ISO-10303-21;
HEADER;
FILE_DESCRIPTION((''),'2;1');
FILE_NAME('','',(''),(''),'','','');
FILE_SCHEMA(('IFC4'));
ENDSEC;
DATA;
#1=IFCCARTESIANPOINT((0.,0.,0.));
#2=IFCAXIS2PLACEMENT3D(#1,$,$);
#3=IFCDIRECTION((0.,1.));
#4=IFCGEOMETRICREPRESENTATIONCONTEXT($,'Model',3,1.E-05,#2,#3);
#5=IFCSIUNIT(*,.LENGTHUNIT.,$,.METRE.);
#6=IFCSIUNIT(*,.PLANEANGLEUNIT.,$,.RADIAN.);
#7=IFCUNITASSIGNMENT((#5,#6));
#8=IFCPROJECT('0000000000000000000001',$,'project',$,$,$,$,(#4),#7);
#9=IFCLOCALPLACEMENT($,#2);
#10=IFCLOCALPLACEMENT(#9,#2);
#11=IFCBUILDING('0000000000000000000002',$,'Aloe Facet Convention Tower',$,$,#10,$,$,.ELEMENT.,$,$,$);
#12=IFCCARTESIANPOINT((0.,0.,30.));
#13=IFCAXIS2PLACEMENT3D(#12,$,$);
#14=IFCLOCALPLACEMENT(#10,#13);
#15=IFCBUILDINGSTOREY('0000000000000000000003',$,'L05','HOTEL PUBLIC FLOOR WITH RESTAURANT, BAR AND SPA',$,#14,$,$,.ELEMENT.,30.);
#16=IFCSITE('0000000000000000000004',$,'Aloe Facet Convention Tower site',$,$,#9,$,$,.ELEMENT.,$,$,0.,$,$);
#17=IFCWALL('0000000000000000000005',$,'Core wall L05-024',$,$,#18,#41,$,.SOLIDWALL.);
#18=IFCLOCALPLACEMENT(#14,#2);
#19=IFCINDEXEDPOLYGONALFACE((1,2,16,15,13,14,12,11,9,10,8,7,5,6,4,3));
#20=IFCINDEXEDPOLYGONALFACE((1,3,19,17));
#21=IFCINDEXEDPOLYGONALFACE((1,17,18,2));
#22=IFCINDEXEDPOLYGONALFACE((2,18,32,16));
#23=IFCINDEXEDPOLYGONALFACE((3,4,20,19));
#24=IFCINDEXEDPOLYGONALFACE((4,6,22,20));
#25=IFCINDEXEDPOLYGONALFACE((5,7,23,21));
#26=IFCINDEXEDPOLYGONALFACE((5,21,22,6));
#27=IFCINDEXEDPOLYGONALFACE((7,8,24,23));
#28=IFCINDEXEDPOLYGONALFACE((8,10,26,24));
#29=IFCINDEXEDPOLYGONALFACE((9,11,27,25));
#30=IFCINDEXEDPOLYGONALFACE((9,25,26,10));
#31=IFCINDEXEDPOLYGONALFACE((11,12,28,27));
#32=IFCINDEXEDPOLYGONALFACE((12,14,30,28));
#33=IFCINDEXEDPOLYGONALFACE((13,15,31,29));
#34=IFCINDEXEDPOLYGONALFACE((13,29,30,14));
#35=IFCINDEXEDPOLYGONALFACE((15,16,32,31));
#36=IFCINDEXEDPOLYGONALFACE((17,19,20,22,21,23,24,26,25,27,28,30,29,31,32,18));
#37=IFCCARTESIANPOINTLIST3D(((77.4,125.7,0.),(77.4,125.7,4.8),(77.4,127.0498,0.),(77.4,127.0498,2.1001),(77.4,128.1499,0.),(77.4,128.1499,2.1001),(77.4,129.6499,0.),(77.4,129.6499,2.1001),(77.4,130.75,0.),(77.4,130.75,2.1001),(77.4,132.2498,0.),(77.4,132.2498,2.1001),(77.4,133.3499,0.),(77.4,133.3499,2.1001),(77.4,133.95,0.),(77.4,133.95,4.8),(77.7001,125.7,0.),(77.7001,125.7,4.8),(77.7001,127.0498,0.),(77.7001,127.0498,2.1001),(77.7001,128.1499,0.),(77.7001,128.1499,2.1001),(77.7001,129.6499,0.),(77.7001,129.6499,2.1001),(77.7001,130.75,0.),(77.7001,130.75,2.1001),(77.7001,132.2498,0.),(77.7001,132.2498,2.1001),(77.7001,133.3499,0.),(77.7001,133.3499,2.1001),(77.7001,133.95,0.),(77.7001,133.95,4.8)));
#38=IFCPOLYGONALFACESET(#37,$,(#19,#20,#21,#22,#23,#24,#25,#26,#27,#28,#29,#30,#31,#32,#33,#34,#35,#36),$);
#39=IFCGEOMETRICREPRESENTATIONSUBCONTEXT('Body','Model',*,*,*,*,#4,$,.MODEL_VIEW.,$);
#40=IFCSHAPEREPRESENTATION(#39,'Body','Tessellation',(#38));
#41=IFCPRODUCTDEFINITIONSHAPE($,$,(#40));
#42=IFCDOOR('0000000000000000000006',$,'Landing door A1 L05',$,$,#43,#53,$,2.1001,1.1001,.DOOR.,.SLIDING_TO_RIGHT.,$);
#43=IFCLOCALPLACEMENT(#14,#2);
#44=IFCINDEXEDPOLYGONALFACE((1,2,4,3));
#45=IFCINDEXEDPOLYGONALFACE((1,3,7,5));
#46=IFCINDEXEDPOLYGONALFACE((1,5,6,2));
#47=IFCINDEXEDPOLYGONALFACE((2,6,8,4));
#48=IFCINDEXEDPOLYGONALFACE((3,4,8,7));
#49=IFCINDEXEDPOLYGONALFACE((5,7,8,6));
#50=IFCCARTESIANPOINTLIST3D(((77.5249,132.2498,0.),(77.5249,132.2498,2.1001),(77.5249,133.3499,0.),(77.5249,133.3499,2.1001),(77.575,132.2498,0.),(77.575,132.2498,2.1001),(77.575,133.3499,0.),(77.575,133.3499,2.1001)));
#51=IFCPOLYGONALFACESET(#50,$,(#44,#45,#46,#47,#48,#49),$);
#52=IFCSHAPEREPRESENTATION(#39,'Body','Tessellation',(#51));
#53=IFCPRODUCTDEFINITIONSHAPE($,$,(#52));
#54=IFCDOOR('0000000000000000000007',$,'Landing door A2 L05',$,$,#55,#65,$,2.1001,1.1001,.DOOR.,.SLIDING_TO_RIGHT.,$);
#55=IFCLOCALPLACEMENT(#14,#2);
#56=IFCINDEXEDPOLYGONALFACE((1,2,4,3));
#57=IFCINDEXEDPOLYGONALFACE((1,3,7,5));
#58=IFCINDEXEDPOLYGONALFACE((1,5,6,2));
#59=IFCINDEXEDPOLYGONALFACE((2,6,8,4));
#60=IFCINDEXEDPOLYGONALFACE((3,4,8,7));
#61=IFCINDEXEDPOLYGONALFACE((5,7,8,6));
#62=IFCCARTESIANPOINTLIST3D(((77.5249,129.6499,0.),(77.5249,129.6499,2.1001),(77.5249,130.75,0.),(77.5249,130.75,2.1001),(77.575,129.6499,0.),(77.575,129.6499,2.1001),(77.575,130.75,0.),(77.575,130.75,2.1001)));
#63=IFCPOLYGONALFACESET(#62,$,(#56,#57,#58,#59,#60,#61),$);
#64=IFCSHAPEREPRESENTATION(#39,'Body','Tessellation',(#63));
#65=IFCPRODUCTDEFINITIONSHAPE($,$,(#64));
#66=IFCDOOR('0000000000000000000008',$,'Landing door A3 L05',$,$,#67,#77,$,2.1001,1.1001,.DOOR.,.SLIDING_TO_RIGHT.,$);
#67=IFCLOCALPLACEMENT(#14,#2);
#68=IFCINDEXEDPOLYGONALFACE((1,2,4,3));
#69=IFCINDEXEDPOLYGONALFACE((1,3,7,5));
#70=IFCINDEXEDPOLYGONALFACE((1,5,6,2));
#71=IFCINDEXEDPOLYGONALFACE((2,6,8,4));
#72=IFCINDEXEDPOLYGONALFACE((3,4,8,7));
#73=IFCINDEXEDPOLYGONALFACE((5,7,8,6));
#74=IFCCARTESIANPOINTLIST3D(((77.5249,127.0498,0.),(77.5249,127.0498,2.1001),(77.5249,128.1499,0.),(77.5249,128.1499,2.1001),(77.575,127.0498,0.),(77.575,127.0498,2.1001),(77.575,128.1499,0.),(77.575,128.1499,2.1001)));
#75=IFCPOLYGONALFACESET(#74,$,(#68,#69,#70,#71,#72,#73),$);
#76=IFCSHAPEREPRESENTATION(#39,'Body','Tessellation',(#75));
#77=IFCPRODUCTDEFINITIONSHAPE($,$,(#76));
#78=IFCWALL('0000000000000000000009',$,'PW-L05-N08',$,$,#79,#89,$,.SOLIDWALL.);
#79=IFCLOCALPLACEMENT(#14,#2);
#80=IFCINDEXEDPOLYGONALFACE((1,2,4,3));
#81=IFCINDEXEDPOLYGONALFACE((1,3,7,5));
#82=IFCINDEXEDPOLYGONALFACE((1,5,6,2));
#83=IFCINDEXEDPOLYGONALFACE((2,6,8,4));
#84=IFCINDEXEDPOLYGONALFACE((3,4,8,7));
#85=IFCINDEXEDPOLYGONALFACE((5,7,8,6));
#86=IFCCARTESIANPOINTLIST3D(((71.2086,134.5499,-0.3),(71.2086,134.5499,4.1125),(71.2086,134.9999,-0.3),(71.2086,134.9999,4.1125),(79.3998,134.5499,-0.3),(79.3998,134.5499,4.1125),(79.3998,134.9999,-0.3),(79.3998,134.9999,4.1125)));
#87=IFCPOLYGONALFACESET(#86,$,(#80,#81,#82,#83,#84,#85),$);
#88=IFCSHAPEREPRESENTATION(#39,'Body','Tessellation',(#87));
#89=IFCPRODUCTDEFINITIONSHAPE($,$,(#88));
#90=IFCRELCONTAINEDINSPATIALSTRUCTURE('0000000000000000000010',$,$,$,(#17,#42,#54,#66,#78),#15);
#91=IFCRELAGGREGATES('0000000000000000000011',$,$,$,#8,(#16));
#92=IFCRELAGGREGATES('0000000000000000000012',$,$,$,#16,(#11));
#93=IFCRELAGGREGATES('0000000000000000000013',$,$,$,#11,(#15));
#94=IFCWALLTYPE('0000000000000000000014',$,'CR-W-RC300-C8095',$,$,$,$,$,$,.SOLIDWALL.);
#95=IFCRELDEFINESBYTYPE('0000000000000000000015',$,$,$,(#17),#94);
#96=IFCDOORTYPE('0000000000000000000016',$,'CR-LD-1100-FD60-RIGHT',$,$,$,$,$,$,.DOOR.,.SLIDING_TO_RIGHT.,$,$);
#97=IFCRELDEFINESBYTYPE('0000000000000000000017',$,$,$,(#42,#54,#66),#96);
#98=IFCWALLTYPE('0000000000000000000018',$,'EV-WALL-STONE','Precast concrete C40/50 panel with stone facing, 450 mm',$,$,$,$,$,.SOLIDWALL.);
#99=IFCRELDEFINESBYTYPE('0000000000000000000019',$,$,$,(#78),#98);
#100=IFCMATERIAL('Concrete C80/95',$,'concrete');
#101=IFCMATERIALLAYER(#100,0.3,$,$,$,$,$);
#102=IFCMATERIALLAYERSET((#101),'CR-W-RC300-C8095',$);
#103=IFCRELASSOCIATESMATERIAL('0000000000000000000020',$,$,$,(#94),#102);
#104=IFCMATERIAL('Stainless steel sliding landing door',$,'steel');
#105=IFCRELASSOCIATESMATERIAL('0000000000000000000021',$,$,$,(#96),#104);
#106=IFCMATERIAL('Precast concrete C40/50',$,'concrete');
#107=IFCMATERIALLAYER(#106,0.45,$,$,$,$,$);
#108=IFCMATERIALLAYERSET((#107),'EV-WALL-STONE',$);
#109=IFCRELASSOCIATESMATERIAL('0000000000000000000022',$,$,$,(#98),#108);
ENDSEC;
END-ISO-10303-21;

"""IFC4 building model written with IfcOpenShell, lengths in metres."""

from ifc_helpers import new_model, si_unit, direction, frame, frame_2d, origin, place, context, subcontext, project, spatial, rectangle, extrude, material, layer, layer_set, type_object, element, fill, save


model = new_model("IFC4")

# Units and contexts
model_context = context("Model", 3, precision=1e-05, world=origin(), true_north=direction((0.0, 1.0)))
body_context = subcontext(model_context, "Body", "Model", "MODEL_VIEW")
ifc_project = project(units=[si_unit("LENGTHUNIT", "METRE"), si_unit("PLANEANGLEUNIT", "RADIAN")], contexts=[model_context])

# Site, building, storey
site_placement = place(None, origin())
site = spatial("IfcSite", under=ifc_project, at=site_placement, Name="Aloe Facet Convention Tower site", CompositionType="ELEMENT", RefElevation=0.0)
building_placement = place(site_placement, origin())
building = spatial("IfcBuilding", under=site, at=building_placement, Name="Aloe Facet Convention Tower", CompositionType="ELEMENT")
storey_placement = place(building_placement, frame((0.0, 0.0, 30.0)))
storey = spatial("IfcBuildingStorey", under=building, at=storey_placement, Name="L05", Description="HOTEL PUBLIC FLOOR WITH RESTAURANT, BAR AND SPA", CompositionType="ELEMENT", Elevation=30.0)

# Shared definitions
ifc_material_1 = material(Name="Concrete C80/95", Category="concrete")
ifc_layer_1 = layer(ifc_material_1, 0.3)
ifc_layer_set_1 = layer_set([ifc_layer_1], Name="CR-W-RC300-C8095")
wall_type_1 = type_object("IfcWallType", Name="CR-W-RC300-C8095", PredefinedType="SOLIDWALL", material=ifc_layer_set_1)

# Wall, openings, doors
wall_1_placement = place(storey_placement, frame((77.55, 133.95, 0.0), z_axis=(0.0, 0.0, 1.0), x_axis=(0.0, -1.0, 0.0)))
wall_1 = element("IfcWall", 1, at=wall_1_placement, inside=storey, type_object=wall_type_1, Name="Core wall L05-024", PredefinedType="SOLIDWALL", context=body_context, shape_type="SweptSolid", body=[
    extrude(rectangle(XDim=8.25, YDim=0.3, at=frame_2d((4.125, 0.0))), origin(), (0.0, 0.0, 1.0), 4.8),
])
opening_1_placement = place(wall_1_placement, frame((0.6001, 0.0, 0.0)))
opening_1 = element("IfcOpeningElement", 2, at=opening_1_placement, cuts=wall_1, PredefinedType="OPENING", context=body_context, shape_type="SweptSolid", body=[
    extrude(rectangle(XDim=1.1001, YDim=2.1001, at=frame_2d((0.55, 1.05))), frame((0.0, 0.1602, 0.0), z_axis=(0.0, -1.0, 0.0), x_axis=(1.0, 0.0, 0.0)), (0.0, 0.0, 1.0), 0.3201),
])
opening_2_placement = place(wall_1_placement, frame((3.2, 0.0, 0.0)))
opening_2 = element("IfcOpeningElement", 3, at=opening_2_placement, cuts=wall_1, PredefinedType="OPENING", context=body_context, shape_type="SweptSolid", body=[
    extrude(rectangle(XDim=1.1001, YDim=2.1001, at=frame_2d((0.55, 1.05))), frame((0.0, 0.1602, 0.0), z_axis=(0.0, -1.0, 0.0), x_axis=(1.0, 0.0, 0.0)), (0.0, 0.0, 1.0), 0.3201),
])
opening_3_placement = place(wall_1_placement, frame((5.8, 0.0, 0.0)))
opening_3 = element("IfcOpeningElement", 4, at=opening_3_placement, cuts=wall_1, PredefinedType="OPENING", context=body_context, shape_type="SweptSolid", body=[
    extrude(rectangle(XDim=1.1001, YDim=2.1001, at=frame_2d((0.55, 1.05))), frame((0.0, 0.1602, 0.0), z_axis=(0.0, -1.0, 0.0), x_axis=(1.0, 0.0, 0.0)), (0.0, 0.0, 1.0), 0.3201),
])
ifc_material_2 = material(Name="Stainless steel sliding landing door", Category="steel")
door_type_1 = type_object("IfcDoorType", Name="CR-LD-1100-FD60-RIGHT", OperationType="SLIDING_TO_RIGHT", PredefinedType="DOOR", material=ifc_material_2)
door_1_placement = place(opening_1_placement, origin())
door_1 = element("IfcDoor", 5, at=door_1_placement, inside=storey, type_object=door_type_1, Name="Landing door A1 L05", OperationType="SLIDING_TO_RIGHT", OverallHeight=2.1001, OverallWidth=1.1001, PredefinedType="DOOR", context=body_context, shape_type="SweptSolid", body=[
    extrude(rectangle(XDim=1.1001, YDim=2.1001, at=frame_2d((0.55, 1.05))), frame((0.0, 0.0249, 0.0), z_axis=(0.0, -1.0, 0.0), x_axis=(1.0, 0.0, 0.0)), (0.0, 0.0, 1.0), 0.05),
])
fill(opening_1, door_1)
door_2_placement = place(opening_2_placement, origin())
door_2 = element("IfcDoor", 6, at=door_2_placement, inside=storey, type_object=door_type_1, Name="Landing door A2 L05", OperationType="SLIDING_TO_RIGHT", OverallHeight=2.1001, OverallWidth=1.1001, PredefinedType="DOOR", context=body_context, shape_type="SweptSolid", body=[
    extrude(rectangle(XDim=1.1001, YDim=2.1001, at=frame_2d((0.55, 1.05))), frame((0.0, 0.0249, 0.0), z_axis=(0.0, -1.0, 0.0), x_axis=(1.0, 0.0, 0.0)), (0.0, 0.0, 1.0), 0.05),
])
fill(opening_2, door_2)
door_3_placement = place(opening_3_placement, origin())
door_3 = element("IfcDoor", 7, at=door_3_placement, inside=storey, type_object=door_type_1, Name="Landing door A3 L05", OperationType="SLIDING_TO_RIGHT", OverallHeight=2.1001, OverallWidth=1.1001, PredefinedType="DOOR", context=body_context, shape_type="SweptSolid", body=[
    extrude(rectangle(XDim=1.1001, YDim=2.1001, at=frame_2d((0.55, 1.05))), frame((0.0, 0.0249, 0.0), z_axis=(0.0, -1.0, 0.0), x_axis=(1.0, 0.0, 0.0)), (0.0, 0.0, 1.0), 0.05),
])
fill(opening_3, door_3)

# Wall
ifc_material_3 = material(Name="Precast concrete C40/50", Category="concrete")
ifc_layer_2 = layer(ifc_material_3, 0.45)
ifc_layer_set_2 = layer_set([ifc_layer_2], Name="EV-WALL-STONE")
wall_type_2 = type_object("IfcWallType", Name="EV-WALL-STONE", Description="Precast concrete C40/50 panel with stone facing, 450 mm", PredefinedType="SOLIDWALL", material=ifc_layer_set_2)
wall_2_placement = place(storey_placement, frame((79.3999, 134.7749, -0.3), z_axis=(0.0, 0.0, 1.0), x_axis=(-1.0, 0.0, 0.0)))
element("IfcWall", 8, at=wall_2_placement, inside=storey, type_object=wall_type_2, Name="PW-L05-N08", PredefinedType="SOLIDWALL", context=body_context, shape_type="SweptSolid", body=[
    extrude(rectangle(XDim=8.1912, YDim=0.45, at=frame_2d((4.0957, 0.0))), origin(), (0.0, 0.0, 1.0), 4.4126),
])

save(model, "model.ifc")
